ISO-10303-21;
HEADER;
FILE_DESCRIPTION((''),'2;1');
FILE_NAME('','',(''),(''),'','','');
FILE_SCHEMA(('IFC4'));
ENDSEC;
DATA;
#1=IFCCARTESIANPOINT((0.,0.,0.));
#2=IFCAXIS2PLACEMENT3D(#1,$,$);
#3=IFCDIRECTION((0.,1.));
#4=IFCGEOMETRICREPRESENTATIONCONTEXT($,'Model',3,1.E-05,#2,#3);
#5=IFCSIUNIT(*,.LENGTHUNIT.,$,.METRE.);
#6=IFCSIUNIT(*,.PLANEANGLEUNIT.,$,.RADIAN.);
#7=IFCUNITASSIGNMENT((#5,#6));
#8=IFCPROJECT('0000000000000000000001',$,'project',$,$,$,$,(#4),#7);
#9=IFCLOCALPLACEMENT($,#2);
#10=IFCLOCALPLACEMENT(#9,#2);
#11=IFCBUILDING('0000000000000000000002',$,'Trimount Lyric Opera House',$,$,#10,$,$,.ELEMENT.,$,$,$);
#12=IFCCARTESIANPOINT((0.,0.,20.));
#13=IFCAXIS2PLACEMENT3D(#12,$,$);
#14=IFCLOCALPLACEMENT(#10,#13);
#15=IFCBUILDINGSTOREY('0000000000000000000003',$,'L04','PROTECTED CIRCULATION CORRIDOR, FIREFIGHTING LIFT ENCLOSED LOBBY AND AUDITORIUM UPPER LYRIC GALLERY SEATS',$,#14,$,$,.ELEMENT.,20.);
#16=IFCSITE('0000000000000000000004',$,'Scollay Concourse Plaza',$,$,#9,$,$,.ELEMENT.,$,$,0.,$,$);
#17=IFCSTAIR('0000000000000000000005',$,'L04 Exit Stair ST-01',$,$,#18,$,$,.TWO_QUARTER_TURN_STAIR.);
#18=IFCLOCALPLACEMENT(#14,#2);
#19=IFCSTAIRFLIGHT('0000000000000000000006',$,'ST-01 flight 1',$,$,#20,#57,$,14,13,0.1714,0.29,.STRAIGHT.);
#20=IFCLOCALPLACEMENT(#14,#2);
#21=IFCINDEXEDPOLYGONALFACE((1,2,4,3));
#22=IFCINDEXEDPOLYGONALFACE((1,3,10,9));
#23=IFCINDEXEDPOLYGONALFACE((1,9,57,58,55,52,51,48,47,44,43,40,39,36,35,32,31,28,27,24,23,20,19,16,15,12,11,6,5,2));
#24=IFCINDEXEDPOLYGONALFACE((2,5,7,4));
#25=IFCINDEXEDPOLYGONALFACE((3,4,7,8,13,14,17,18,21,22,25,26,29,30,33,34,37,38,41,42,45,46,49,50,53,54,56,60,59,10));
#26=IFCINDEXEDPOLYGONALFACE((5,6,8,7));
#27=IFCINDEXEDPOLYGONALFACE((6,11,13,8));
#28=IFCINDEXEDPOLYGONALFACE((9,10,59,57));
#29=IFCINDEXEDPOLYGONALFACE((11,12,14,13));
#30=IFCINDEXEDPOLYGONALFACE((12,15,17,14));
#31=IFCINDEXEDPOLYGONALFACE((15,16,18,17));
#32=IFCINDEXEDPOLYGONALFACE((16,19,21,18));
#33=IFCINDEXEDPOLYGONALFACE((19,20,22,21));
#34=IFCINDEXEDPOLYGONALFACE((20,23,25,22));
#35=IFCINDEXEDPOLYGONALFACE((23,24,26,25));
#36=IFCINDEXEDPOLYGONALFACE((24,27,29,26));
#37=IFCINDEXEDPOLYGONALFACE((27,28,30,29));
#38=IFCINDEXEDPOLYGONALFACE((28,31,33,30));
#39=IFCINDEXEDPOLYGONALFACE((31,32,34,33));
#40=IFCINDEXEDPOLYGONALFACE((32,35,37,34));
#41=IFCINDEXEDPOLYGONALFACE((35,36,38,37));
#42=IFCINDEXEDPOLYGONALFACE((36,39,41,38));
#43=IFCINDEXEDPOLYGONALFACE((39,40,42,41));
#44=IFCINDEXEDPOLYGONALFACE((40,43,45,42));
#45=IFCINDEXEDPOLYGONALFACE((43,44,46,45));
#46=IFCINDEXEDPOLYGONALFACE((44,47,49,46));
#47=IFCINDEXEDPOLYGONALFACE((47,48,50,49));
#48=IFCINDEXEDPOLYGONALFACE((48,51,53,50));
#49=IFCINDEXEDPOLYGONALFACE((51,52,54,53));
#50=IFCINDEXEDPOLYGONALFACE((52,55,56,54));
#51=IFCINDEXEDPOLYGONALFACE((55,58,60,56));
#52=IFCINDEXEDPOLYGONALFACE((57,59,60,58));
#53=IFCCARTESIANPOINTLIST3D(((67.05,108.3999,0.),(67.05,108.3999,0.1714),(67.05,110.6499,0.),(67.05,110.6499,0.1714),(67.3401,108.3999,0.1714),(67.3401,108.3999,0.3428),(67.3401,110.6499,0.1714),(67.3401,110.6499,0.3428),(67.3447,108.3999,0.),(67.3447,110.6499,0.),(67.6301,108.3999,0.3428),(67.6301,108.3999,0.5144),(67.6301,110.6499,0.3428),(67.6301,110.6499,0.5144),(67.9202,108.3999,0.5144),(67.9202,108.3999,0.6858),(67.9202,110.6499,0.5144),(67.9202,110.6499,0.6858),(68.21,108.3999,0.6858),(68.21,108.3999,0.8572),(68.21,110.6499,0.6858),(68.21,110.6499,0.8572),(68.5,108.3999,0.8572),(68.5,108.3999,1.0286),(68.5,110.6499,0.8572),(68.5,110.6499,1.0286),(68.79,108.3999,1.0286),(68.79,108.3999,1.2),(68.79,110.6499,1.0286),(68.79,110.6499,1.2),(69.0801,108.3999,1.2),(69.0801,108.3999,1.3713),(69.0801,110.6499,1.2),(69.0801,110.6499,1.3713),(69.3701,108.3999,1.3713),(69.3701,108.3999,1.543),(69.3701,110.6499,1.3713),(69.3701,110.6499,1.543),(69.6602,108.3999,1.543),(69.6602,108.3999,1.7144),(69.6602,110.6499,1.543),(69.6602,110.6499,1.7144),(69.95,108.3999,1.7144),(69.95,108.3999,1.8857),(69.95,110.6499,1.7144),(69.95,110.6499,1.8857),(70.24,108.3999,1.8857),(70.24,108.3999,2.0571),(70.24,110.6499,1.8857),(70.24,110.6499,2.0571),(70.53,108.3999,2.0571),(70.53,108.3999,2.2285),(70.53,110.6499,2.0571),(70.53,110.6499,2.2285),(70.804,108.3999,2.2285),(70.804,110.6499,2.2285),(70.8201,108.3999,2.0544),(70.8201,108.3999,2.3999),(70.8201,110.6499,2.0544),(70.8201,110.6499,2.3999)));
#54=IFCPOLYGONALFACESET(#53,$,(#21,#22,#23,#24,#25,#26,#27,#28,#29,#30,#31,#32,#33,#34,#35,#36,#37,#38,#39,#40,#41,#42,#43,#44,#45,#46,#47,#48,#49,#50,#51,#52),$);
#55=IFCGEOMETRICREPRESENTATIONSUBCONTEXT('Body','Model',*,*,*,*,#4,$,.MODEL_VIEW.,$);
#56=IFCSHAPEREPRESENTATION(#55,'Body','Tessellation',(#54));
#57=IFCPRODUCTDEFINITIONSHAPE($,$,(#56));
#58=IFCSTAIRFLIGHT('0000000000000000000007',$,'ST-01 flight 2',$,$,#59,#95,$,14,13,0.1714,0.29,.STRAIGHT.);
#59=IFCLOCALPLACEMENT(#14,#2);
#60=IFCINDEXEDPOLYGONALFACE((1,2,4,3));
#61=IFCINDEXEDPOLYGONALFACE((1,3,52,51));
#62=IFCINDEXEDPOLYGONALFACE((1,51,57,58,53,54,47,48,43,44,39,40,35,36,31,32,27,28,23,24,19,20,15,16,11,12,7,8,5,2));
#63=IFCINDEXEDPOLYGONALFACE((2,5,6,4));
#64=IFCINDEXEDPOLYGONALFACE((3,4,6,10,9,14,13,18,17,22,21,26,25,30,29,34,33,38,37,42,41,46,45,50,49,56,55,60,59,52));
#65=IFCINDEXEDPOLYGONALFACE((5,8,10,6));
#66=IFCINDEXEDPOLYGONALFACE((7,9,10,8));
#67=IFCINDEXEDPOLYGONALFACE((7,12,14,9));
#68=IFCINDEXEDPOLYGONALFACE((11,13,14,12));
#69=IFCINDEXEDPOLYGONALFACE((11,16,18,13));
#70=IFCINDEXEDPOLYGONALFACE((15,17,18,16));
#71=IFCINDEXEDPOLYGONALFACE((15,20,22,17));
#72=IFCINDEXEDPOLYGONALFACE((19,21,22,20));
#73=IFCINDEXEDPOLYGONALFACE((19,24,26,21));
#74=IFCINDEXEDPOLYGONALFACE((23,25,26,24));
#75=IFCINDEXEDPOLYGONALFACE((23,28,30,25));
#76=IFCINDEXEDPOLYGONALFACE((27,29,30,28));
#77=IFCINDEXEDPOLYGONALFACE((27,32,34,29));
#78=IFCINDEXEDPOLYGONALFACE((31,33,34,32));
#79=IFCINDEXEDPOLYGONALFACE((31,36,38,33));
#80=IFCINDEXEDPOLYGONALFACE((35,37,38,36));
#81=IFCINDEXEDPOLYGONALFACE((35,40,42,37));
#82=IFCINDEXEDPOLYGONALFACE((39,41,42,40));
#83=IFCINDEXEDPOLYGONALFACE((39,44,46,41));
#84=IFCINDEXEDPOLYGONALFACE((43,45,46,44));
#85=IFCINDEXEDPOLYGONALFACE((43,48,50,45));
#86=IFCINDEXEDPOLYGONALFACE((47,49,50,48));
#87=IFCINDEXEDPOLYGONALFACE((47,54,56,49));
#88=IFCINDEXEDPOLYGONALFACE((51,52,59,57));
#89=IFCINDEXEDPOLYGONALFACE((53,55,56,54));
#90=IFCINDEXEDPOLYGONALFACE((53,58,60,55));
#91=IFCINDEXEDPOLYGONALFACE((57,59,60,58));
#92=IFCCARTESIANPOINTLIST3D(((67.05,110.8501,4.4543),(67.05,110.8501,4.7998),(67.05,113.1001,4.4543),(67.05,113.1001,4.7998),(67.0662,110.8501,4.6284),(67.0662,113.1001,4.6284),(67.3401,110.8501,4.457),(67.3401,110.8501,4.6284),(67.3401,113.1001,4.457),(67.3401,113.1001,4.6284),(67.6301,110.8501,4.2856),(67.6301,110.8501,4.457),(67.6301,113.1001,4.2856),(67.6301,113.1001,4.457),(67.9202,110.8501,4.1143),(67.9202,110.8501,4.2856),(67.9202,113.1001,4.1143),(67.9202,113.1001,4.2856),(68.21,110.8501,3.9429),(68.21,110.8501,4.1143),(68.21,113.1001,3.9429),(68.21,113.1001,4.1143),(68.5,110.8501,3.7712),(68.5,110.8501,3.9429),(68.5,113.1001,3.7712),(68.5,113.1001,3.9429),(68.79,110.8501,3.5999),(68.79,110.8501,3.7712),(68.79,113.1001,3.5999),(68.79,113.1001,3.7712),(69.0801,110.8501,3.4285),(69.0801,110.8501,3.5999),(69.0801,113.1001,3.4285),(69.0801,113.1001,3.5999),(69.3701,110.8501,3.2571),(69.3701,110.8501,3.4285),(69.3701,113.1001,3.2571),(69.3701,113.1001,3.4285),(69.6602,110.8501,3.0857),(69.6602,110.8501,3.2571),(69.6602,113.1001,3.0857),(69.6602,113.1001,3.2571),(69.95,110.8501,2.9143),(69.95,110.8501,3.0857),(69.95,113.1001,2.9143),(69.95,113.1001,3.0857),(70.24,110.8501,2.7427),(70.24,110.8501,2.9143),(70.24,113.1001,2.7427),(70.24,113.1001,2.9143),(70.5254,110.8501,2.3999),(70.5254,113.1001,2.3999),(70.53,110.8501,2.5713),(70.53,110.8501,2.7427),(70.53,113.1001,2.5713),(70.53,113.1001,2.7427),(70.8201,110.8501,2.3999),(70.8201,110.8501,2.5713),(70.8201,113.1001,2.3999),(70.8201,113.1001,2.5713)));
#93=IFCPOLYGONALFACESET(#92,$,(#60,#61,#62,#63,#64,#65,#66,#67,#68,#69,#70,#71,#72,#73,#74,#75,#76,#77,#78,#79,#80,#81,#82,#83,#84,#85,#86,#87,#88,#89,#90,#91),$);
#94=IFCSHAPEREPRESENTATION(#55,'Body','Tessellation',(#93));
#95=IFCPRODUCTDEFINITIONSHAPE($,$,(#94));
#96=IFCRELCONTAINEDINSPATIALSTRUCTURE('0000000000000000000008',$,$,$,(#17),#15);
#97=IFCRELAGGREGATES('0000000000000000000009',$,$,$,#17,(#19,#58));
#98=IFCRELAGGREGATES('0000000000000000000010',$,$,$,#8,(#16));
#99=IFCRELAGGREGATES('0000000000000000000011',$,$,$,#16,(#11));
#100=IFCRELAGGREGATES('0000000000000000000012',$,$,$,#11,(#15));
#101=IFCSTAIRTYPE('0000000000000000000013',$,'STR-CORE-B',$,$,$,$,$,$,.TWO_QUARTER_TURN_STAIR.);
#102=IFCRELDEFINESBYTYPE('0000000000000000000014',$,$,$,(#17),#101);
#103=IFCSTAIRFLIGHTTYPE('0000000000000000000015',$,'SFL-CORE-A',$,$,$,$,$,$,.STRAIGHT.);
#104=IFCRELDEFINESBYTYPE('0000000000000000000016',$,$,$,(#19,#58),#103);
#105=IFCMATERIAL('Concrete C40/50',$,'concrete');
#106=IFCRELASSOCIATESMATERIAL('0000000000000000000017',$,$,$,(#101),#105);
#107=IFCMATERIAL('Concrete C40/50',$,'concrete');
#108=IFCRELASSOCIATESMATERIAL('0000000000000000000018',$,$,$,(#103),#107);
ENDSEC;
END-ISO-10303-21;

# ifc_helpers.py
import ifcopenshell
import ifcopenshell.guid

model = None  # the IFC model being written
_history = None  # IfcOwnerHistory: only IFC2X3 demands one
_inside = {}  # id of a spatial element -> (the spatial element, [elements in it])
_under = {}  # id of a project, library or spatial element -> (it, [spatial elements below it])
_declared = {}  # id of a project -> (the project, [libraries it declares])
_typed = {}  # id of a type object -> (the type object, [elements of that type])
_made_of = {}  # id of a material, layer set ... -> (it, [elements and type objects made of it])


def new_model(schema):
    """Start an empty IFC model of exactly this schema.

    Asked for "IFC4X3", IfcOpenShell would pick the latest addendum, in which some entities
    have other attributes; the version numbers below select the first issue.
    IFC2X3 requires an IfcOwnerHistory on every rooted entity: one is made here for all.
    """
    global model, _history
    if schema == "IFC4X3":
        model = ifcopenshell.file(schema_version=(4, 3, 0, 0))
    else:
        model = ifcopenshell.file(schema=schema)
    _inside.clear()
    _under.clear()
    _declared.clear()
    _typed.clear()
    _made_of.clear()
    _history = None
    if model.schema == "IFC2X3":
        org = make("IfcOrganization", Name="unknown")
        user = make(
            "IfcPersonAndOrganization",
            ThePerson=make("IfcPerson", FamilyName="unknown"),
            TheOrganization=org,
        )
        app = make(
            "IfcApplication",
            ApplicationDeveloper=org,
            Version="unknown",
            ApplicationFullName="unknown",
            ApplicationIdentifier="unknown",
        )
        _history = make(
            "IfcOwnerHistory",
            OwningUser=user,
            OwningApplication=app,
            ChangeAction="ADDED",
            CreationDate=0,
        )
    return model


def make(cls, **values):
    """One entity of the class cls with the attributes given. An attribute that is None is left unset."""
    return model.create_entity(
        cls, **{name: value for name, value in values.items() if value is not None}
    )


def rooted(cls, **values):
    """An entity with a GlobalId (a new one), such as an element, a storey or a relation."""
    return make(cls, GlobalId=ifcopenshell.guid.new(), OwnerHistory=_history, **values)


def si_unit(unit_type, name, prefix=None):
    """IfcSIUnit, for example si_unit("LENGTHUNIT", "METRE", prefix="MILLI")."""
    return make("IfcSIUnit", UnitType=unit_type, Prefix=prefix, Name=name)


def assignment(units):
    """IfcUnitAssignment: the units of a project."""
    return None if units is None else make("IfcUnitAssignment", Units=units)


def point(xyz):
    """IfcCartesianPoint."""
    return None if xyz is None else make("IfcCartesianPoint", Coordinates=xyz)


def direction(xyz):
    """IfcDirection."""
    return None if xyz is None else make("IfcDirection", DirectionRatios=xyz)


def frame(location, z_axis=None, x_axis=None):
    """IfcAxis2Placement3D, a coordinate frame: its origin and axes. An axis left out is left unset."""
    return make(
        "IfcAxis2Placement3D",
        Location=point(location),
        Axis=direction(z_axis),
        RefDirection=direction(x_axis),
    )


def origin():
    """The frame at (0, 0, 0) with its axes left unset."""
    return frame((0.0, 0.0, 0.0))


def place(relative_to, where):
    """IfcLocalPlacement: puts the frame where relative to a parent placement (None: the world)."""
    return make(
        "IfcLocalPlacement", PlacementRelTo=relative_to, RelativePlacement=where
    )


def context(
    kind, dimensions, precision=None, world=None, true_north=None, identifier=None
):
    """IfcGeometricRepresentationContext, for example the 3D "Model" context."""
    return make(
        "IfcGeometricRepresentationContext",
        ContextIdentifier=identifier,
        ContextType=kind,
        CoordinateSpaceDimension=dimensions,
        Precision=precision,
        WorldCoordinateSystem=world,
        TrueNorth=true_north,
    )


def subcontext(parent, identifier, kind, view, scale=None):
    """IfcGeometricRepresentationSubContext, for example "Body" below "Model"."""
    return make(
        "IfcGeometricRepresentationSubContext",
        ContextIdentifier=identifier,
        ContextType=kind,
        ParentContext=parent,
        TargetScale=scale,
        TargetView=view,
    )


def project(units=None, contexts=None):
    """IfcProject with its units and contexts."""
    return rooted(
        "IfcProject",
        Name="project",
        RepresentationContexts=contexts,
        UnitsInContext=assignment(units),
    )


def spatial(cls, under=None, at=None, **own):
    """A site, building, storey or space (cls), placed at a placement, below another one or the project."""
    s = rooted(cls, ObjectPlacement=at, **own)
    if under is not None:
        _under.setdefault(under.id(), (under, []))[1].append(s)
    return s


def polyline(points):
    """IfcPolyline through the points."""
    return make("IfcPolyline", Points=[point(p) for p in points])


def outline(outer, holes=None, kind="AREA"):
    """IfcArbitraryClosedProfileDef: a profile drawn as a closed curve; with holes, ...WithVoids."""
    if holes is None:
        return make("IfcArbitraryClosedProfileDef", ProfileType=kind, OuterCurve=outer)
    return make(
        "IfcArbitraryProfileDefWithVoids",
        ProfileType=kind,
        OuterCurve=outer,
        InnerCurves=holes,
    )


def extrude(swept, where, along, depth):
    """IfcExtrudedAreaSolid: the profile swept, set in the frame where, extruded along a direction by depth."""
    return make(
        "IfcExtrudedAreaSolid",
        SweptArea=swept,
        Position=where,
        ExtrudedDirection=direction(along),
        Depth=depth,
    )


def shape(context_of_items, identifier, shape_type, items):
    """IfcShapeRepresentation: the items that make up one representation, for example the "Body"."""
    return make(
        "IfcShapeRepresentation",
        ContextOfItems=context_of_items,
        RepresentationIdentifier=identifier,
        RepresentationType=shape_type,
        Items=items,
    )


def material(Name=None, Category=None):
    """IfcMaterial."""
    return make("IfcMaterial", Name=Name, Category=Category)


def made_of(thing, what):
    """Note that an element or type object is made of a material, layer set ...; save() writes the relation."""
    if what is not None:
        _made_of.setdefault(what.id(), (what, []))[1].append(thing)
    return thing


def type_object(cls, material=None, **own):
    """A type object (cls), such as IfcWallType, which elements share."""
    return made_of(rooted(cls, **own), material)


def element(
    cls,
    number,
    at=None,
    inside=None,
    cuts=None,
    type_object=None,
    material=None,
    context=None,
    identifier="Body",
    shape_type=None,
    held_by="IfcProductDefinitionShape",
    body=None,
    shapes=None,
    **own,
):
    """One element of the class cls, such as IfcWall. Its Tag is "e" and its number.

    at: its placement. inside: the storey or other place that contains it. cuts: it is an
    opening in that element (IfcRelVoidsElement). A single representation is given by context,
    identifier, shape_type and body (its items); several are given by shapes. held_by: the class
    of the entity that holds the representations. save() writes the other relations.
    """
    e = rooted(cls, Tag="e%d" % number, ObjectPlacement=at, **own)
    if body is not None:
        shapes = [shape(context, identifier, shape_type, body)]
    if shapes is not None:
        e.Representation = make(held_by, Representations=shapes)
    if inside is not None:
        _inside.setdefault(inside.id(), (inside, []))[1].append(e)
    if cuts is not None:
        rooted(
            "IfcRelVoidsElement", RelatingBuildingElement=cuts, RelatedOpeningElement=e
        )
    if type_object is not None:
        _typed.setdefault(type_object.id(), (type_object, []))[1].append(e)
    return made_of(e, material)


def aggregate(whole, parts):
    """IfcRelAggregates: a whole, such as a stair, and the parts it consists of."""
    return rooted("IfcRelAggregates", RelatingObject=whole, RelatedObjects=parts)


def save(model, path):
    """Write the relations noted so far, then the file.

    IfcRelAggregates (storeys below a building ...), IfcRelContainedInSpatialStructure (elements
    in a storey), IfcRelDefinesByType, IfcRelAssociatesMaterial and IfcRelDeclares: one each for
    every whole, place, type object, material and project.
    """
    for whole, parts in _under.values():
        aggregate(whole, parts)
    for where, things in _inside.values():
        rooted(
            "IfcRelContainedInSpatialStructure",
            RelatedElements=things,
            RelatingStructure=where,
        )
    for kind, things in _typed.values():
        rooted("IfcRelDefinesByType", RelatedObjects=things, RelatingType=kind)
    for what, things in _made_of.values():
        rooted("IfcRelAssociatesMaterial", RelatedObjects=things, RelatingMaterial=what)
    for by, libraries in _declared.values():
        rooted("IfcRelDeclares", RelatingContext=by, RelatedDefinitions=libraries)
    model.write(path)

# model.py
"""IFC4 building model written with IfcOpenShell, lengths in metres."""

from ifc_helpers import new_model, si_unit, direction, frame, origin, place, context, subcontext, project, spatial, polyline, outline, extrude, material, type_object, element, aggregate, save


model = new_model("IFC4")

# Units and contexts
model_context = context("Model", 3, precision=1e-05, world=origin(), true_north=direction((0.0, 1.0)))
body_context = subcontext(model_context, "Body", "Model", "MODEL_VIEW")
ifc_project = project(units=[si_unit("LENGTHUNIT", "METRE"), si_unit("PLANEANGLEUNIT", "RADIAN")], contexts=[model_context])

# Site, building, storey
site_placement = place(None, origin())
site = spatial("IfcSite", under=ifc_project, at=site_placement, Name="Scollay Concourse Plaza", CompositionType="ELEMENT", RefElevation=0.0)
building_placement = place(site_placement, origin())
building = spatial("IfcBuilding", under=site, at=building_placement, Name="Trimount Lyric Opera House", CompositionType="ELEMENT")
storey_placement = place(building_placement, frame((0.0, 0.0, 20.0)))
storey = spatial("IfcBuildingStorey", under=building, at=storey_placement, Name="L04", Description="PROTECTED CIRCULATION CORRIDOR, FIREFIGHTING LIFT ENCLOSED LOBBY AND AUDITORIUM UPPER LYRIC GALLERY SEATS", CompositionType="ELEMENT", Elevation=20.0)

# Stair, stair flights
ifc_material_1 = material(Name="Concrete C40/50", Category="concrete")
stair_type = type_object("IfcStairType", Name="STR-CORE-B", PredefinedType="TWO_QUARTER_TURN_STAIR", material=ifc_material_1)
stair_placement = place(storey_placement, origin())
stair = element("IfcStair", 1, at=stair_placement, inside=storey, type_object=stair_type, Name="L04 Exit Stair ST-01", PredefinedType="TWO_QUARTER_TURN_STAIR")
ifc_material_2 = material(Name="Concrete C40/50", Category="concrete")
stair_flight_type = type_object("IfcStairFlightType", Name="SFL-CORE-A", PredefinedType="STRAIGHT", material=ifc_material_2)
stair_flight_1_placement = place(storey_placement, frame((67.05, 109.5249, 0.0), z_axis=(0.0, 0.0, 1.0), x_axis=(1.0, 0.0, 0.0)))
stair_flight_1 = element("IfcStairFlight", 2, at=stair_flight_1_placement, type_object=stair_flight_type, Name="ST-01 flight 1", NumberOfRisers=14, NumberOfTreads=13, PredefinedType="STRAIGHT", RiserHeight=0.1714, TreadLength=0.29, context=body_context, shape_type="SweptSolid", body=[
    extrude(outline(polyline([(0.0, 0.0), (0.0, 0.1714), (0.29, 0.1714), (0.29, 0.3428), (0.5801, 0.3428), (0.5801, 0.5144), (0.8701, 0.5144), (0.8701, 0.6858), (1.1599, 0.6858), (1.1599, 0.8572), (1.45, 0.8572), (1.45, 1.0286), (1.74, 1.0286), (1.74, 1.2), (2.03, 1.2), (2.03, 1.3713), (2.3201, 1.3713), (2.3201, 1.543), (2.6101, 1.543), (2.6101, 1.7144), (2.8999, 1.7144), (2.8999, 1.8857), (3.1899, 1.8857), (3.1899, 2.0571), (3.48, 2.0571), (3.48, 2.2285), (3.7539, 2.2285), (3.77, 2.3999), (3.77, 2.0544), (0.2947, 0.0), (0.0, 0.0)])), frame((0.0, 1.125, 0.0), z_axis=(0.0, -1.0, 0.0), x_axis=(1.0, 0.0, 0.0)), (0.0, 0.0, 1.0), 2.25),
])
stair_flight_2_placement = place(storey_placement, frame((70.8201, 111.9751, 2.3999), z_axis=(0.0, 0.0, 1.0), x_axis=(-1.0, 0.0, 0.0)))
stair_flight_2 = element("IfcStairFlight", 3, at=stair_flight_2_placement, type_object=stair_flight_type, Name="ST-01 flight 2", NumberOfRisers=14, NumberOfTreads=13, PredefinedType="STRAIGHT", RiserHeight=0.1714, TreadLength=0.29, context=body_context, shape_type="SweptSolid", body=[
    extrude(outline(polyline([(0.0, 0.0), (0.0, 0.1714), (0.29, 0.1714), (0.29, 0.3428), (0.5801, 0.3428), (0.5801, 0.5144), (0.8701, 0.5144), (0.8701, 0.6858), (1.1599, 0.6858), (1.1599, 0.8572), (1.45, 0.8572), (1.45, 1.0286), (1.74, 1.0286), (1.74, 1.2), (2.03, 1.2), (2.03, 1.3713), (2.3201, 1.3713), (2.3201, 1.543), (2.6101, 1.543), (2.6101, 1.7144), (2.8999, 1.7144), (2.8999, 1.8857), (3.1899, 1.8857), (3.1899, 2.0571), (3.48, 2.0571), (3.48, 2.2285), (3.7539, 2.2285), (3.77, 2.3999), (3.77, 2.0544), (0.2947, 0.0), (0.0, 0.0)])), frame((0.0, 1.125, 0.0), z_axis=(0.0, -1.0, 0.0), x_axis=(1.0, 0.0, 0.0)), (0.0, 0.0, 1.0), 2.25),
])
aggregate(stair, [stair_flight_1, stair_flight_2])

save(model, "model.ifc")
